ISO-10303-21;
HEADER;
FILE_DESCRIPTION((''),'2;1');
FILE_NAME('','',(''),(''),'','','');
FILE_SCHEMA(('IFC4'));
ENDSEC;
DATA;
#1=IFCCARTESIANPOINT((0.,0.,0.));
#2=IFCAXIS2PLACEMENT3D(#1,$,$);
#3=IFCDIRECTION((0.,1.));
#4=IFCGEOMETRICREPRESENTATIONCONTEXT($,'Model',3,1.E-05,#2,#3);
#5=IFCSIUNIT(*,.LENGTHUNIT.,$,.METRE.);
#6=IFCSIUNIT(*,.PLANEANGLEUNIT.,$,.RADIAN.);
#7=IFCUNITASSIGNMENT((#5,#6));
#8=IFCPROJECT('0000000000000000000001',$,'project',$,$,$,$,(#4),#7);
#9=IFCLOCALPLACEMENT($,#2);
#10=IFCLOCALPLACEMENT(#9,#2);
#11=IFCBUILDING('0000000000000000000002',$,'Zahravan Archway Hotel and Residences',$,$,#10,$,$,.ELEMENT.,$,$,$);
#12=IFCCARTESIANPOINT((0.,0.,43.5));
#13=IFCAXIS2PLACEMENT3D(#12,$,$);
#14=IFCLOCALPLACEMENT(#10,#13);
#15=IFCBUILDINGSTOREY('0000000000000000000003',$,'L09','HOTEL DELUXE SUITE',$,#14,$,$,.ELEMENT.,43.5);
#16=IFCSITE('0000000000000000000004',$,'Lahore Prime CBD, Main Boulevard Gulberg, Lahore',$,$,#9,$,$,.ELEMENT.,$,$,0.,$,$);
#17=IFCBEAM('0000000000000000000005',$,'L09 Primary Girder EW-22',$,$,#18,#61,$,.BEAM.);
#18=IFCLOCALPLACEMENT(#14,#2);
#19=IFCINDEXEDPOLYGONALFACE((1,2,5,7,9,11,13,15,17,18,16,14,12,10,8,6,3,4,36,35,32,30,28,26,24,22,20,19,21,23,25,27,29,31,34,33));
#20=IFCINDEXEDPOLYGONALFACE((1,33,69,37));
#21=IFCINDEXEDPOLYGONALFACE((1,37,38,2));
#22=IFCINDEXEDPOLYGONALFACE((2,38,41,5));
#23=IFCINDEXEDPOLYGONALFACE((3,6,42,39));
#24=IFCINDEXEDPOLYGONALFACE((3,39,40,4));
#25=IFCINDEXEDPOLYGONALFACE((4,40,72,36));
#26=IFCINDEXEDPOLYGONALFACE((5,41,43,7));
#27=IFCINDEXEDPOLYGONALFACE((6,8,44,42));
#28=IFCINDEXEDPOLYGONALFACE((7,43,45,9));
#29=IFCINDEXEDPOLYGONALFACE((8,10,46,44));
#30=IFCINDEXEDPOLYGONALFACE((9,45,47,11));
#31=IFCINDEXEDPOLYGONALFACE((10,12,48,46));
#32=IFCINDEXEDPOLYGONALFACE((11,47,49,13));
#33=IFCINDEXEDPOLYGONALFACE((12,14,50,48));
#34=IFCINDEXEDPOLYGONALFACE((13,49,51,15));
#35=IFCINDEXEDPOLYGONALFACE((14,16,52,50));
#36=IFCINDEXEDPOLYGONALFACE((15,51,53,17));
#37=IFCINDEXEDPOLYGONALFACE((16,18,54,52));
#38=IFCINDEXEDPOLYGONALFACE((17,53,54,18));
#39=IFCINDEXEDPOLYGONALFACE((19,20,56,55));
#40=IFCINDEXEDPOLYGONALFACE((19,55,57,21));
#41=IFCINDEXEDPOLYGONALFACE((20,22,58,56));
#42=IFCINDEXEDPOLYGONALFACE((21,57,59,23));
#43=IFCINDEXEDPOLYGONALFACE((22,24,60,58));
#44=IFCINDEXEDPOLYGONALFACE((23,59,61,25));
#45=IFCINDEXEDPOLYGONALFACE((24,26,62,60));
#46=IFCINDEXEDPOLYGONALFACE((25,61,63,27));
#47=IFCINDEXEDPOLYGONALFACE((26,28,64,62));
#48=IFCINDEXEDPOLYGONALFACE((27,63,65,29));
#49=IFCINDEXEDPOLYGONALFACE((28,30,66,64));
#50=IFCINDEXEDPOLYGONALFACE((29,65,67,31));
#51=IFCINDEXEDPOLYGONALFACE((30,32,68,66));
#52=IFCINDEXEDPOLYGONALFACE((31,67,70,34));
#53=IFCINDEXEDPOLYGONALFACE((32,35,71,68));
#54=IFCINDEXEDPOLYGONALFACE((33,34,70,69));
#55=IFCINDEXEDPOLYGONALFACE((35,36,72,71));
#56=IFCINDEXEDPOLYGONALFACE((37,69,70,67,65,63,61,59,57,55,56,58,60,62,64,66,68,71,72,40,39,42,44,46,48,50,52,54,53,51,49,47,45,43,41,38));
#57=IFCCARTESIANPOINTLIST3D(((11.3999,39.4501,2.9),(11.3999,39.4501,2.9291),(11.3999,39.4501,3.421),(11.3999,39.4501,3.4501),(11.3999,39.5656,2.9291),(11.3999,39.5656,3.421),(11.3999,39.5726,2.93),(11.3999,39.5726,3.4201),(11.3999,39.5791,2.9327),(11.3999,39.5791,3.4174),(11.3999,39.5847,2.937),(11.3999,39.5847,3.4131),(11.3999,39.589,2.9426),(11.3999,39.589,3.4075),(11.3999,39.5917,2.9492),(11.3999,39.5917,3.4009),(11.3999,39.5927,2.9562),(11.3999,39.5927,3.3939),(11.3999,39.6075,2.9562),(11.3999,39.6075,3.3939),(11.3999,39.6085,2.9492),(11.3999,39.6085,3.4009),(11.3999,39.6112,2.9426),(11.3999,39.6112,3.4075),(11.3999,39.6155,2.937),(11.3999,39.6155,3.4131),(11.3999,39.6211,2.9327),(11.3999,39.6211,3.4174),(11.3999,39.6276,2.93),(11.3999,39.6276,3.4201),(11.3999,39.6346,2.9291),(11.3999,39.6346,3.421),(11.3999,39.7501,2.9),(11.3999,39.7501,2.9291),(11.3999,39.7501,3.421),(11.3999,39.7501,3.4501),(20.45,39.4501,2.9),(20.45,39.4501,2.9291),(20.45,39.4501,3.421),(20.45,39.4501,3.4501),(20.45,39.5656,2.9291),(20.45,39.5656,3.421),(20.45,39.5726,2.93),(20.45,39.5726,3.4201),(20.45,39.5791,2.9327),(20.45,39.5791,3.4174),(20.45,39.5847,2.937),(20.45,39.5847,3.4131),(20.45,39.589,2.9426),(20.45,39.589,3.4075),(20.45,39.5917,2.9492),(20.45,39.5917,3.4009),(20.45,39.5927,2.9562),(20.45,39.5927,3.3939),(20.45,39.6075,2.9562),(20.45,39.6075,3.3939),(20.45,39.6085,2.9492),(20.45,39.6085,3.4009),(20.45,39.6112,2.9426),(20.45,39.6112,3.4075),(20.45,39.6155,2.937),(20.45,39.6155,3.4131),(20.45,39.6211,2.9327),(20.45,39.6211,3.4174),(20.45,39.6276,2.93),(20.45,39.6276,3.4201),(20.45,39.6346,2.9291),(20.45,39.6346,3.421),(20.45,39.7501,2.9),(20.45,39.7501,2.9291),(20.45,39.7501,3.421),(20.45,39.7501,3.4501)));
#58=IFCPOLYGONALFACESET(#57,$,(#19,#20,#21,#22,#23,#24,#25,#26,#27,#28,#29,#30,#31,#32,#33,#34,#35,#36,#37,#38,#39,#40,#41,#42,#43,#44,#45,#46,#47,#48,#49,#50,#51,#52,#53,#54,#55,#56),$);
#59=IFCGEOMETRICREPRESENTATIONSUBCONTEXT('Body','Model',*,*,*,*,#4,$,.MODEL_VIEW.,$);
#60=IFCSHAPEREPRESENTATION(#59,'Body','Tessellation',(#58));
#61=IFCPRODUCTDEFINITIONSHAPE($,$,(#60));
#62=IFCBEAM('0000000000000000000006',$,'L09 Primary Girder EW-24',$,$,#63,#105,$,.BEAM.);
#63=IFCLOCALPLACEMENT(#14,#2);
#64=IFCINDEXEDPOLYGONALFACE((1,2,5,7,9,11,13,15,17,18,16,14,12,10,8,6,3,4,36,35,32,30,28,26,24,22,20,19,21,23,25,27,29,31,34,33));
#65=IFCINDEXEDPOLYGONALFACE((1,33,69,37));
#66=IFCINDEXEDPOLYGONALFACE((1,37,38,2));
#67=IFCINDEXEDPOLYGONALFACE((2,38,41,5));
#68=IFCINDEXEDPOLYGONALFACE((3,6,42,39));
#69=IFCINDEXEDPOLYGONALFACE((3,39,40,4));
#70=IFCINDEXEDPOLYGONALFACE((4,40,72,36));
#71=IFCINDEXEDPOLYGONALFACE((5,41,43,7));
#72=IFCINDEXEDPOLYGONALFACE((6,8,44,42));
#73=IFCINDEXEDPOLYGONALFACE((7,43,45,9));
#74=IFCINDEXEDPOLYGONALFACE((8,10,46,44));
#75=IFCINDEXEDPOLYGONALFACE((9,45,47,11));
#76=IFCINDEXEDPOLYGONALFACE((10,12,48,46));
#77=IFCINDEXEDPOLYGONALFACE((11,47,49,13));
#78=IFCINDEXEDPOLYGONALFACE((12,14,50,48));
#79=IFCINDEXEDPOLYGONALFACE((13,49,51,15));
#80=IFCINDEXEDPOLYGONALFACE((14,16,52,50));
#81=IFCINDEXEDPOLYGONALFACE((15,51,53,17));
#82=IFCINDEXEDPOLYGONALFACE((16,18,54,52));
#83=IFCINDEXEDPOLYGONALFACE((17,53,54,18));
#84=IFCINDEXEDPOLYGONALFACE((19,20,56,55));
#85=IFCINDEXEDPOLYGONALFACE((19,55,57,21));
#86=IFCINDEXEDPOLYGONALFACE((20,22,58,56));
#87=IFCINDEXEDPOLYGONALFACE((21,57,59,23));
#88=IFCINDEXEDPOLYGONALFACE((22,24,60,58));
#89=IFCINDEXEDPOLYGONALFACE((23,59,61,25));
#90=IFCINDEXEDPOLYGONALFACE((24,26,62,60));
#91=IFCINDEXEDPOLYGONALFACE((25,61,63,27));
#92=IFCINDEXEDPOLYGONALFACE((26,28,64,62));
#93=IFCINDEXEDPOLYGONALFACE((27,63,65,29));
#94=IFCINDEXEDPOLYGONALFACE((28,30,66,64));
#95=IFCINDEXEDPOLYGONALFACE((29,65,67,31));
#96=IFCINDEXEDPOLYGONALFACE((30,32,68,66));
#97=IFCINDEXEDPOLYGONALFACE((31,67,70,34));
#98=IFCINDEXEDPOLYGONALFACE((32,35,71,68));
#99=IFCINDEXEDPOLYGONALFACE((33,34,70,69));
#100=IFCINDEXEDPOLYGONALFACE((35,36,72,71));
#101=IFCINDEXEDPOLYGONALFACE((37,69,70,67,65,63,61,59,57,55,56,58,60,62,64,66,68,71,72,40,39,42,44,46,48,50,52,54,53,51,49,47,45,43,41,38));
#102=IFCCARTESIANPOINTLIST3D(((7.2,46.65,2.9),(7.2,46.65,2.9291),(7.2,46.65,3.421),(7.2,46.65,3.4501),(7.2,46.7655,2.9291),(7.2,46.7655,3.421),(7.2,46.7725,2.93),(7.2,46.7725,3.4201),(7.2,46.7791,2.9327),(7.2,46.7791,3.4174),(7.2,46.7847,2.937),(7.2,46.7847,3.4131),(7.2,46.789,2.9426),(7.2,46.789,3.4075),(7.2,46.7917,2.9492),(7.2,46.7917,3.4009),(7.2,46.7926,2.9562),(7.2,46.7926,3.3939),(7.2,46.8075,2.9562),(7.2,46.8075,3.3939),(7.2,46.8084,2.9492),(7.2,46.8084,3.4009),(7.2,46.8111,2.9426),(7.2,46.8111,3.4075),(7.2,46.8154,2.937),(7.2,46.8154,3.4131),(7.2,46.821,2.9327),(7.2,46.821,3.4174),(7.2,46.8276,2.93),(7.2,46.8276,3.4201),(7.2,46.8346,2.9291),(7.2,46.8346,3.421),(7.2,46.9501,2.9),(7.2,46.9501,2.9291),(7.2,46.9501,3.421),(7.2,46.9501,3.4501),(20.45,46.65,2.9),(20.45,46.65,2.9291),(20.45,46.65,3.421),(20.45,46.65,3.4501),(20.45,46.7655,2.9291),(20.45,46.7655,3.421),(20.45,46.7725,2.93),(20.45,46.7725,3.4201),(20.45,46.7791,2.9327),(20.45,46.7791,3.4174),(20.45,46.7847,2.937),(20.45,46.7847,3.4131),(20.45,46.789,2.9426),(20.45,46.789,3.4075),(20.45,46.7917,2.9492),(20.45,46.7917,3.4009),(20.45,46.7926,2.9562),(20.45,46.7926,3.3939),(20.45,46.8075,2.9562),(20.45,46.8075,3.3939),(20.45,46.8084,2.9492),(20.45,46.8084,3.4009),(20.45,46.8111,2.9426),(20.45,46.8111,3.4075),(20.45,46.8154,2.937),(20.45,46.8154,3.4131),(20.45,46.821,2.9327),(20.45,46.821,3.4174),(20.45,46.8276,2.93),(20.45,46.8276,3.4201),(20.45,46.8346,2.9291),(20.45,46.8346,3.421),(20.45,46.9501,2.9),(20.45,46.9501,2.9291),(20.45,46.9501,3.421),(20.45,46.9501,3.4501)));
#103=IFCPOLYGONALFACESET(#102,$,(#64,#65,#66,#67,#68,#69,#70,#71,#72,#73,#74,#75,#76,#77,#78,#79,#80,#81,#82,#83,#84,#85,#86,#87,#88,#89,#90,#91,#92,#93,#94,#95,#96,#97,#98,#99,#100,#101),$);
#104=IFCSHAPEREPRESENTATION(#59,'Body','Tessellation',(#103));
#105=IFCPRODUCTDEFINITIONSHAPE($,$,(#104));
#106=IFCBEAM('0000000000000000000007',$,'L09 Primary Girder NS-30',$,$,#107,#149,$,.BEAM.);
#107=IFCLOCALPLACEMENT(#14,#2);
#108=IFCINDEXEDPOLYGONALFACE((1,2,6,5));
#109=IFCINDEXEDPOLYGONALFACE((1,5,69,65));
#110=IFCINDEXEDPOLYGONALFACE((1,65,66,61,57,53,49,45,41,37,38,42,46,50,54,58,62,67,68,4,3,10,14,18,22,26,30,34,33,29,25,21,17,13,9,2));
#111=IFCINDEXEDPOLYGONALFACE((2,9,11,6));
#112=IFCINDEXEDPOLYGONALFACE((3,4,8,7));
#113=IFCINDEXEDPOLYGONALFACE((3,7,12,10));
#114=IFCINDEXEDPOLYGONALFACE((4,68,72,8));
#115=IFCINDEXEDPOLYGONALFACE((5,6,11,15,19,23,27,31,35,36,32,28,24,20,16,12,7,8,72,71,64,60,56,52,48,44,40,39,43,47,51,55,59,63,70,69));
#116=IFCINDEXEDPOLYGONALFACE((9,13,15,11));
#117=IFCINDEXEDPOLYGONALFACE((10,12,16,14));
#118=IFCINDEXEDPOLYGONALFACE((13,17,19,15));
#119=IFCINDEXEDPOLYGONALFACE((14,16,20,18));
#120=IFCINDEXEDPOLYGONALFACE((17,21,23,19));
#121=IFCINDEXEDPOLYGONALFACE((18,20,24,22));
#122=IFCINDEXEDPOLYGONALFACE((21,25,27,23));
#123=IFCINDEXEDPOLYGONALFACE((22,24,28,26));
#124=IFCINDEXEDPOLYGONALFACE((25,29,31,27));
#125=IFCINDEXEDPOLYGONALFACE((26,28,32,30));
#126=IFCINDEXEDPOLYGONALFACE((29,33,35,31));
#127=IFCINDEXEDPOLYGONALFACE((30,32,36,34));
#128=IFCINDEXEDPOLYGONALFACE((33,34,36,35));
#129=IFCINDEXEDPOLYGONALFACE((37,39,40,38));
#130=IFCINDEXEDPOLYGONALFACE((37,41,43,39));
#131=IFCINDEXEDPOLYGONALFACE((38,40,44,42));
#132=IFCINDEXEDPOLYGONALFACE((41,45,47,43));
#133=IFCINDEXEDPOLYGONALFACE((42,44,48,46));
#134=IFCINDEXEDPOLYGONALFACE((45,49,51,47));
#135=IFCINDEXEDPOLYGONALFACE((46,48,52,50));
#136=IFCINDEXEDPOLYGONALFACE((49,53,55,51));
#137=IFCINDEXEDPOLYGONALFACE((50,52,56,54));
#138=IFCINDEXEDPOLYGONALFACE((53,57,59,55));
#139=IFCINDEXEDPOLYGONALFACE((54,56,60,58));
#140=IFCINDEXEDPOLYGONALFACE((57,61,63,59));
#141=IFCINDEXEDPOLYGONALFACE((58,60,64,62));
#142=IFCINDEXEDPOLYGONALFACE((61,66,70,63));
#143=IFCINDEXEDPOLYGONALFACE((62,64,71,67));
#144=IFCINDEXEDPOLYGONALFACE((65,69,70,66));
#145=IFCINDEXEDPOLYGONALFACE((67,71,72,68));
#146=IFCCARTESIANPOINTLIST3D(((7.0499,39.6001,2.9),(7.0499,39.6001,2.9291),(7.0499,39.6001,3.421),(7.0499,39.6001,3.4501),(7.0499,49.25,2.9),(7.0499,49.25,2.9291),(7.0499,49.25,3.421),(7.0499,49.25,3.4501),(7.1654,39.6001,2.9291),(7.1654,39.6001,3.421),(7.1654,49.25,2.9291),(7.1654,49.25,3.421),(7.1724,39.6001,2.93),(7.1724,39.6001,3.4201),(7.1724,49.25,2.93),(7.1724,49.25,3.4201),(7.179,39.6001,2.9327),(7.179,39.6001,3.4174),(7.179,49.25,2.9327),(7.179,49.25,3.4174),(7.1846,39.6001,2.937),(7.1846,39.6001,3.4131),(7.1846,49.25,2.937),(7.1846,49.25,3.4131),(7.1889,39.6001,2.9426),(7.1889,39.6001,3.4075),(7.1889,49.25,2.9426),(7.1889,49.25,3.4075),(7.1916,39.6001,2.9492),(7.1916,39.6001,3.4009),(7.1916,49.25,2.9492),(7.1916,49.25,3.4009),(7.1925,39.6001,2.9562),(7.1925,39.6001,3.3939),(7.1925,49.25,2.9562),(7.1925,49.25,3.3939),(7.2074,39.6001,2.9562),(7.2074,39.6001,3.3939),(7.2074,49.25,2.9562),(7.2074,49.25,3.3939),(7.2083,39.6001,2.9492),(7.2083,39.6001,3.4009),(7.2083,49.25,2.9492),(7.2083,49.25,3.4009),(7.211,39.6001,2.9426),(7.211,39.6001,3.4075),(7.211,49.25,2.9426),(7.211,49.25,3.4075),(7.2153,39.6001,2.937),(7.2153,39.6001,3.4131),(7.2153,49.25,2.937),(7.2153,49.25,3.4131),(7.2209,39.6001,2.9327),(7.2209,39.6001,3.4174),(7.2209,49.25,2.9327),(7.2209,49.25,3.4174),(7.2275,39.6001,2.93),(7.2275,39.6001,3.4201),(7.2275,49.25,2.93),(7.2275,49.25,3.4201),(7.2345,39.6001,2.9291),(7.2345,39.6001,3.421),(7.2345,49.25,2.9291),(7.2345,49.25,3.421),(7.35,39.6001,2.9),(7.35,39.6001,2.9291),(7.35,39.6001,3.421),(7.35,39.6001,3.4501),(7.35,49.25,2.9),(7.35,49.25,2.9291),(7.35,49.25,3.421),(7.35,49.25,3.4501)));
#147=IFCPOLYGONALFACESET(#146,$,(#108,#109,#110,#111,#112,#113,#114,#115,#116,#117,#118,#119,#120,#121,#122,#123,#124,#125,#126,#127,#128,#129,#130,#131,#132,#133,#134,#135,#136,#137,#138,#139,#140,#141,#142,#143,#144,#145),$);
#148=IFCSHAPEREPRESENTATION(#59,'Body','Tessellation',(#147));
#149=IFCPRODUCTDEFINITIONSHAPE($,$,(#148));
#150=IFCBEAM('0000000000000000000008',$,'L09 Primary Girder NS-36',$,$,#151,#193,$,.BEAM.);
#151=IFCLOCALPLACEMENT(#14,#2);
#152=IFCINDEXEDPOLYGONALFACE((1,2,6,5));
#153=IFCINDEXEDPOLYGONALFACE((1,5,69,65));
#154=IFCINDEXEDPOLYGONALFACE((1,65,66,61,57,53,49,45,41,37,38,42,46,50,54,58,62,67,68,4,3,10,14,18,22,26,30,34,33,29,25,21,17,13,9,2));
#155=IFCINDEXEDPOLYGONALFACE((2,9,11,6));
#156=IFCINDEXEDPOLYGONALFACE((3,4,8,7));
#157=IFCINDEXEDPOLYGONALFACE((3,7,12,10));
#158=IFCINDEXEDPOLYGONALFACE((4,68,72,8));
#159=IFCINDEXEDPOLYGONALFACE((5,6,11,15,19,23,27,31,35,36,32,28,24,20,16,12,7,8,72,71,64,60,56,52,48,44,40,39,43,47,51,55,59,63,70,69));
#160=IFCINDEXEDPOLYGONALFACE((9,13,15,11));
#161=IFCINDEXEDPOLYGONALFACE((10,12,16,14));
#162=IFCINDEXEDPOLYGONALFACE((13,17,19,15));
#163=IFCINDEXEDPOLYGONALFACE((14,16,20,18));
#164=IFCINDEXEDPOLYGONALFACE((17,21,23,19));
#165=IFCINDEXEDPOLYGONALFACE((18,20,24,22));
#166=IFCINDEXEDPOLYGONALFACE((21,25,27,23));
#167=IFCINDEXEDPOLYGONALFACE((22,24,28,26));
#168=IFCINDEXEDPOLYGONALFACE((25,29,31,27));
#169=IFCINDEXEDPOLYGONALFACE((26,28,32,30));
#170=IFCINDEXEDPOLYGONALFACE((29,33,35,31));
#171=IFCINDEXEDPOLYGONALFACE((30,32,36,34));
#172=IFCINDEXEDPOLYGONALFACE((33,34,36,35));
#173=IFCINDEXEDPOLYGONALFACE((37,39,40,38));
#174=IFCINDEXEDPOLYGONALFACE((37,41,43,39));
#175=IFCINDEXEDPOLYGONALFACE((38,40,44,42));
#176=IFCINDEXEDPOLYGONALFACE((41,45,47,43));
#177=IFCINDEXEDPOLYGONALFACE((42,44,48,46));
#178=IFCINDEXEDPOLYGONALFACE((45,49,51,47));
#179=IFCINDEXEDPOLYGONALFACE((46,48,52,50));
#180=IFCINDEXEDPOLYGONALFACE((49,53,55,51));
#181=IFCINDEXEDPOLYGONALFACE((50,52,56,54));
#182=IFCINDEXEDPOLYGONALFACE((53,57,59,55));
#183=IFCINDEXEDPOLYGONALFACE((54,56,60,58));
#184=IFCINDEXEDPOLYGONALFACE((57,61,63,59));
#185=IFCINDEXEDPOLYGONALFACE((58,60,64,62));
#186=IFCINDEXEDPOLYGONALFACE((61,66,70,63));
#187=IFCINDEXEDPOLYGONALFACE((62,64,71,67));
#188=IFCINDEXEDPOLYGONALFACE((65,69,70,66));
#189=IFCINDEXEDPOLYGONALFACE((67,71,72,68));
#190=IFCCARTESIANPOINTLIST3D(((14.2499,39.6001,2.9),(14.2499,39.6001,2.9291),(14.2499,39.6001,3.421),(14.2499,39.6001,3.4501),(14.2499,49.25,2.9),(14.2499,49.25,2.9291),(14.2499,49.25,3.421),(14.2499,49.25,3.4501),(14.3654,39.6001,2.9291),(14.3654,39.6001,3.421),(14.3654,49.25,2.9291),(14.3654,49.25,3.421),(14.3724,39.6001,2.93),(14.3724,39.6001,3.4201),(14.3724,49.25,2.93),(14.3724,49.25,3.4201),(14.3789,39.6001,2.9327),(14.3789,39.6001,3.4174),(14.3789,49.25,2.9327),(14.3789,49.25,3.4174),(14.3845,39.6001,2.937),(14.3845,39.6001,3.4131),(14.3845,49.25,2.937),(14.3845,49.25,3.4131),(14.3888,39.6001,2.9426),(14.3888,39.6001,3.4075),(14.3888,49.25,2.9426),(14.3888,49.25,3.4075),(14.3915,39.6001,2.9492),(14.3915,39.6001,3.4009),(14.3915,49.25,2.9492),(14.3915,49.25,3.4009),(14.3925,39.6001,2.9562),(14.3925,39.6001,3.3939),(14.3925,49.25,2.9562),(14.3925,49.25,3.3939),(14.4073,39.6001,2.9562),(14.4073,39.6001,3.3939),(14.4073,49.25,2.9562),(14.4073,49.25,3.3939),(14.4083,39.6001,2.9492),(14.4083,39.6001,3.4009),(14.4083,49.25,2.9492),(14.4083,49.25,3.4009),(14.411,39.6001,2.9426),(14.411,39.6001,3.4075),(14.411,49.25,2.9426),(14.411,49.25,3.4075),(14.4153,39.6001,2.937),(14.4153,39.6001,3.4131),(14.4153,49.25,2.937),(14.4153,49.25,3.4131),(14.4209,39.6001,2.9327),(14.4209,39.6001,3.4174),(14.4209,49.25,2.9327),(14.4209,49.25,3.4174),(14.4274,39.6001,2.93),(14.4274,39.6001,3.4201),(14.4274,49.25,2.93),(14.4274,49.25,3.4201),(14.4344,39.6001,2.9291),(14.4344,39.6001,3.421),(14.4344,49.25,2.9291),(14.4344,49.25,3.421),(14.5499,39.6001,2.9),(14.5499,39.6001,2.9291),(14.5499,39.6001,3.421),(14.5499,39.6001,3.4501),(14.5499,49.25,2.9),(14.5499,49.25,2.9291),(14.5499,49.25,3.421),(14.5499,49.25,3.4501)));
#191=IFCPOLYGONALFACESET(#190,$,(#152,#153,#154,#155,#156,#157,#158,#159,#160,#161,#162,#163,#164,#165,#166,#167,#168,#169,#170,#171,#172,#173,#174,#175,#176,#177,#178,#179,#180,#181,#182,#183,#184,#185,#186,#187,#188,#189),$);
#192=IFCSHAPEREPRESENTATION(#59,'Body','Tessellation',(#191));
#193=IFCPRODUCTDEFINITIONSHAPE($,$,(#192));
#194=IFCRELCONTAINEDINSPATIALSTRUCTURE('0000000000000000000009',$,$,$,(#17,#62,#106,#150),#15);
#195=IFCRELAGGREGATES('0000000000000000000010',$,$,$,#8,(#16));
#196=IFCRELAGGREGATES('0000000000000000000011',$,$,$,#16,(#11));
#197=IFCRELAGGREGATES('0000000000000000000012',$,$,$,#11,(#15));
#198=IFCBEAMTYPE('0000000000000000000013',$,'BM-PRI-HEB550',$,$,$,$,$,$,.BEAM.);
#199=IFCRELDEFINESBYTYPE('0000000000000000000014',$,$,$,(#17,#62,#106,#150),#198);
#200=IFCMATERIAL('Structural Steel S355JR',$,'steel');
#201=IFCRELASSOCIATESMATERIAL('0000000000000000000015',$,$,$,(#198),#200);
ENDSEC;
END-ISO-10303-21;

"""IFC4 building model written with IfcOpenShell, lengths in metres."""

from ifc_helpers import new_model, si_unit, direction, frame, origin, origin_2d, place, context, subcontext, project, spatial, i_section, extrude, source, transform, mapped, material, material_profile, profile_set, type_object, element, save


model = new_model("IFC4")

# Units and contexts
model_context = context("Model", 3, precision=1e-05, world=origin(), true_north=direction((0.0, 1.0)))
body_context = subcontext(model_context, "Body", "Model", "MODEL_VIEW")
ifc_project = project(units=[si_unit("LENGTHUNIT", "METRE"), si_unit("PLANEANGLEUNIT", "RADIAN")], contexts=[model_context])

# Site, building, storey
site_placement = place(None, origin())
site = spatial("IfcSite", under=ifc_project, at=site_placement, Name="Lahore Prime CBD, Main Boulevard Gulberg, Lahore", CompositionType="ELEMENT", RefElevation=0.0)
building_placement = place(site_placement, origin())
building = spatial("IfcBuilding", under=site, at=building_placement, Name="Zahravan Archway Hotel and Residences", CompositionType="ELEMENT")
storey_placement = place(building_placement, frame((0.0, 0.0, 43.5)))
storey = spatial("IfcBuildingStorey", under=building, at=storey_placement, Name="L09", Description="HOTEL DELUXE SUITE", CompositionType="ELEMENT", Elevation=43.5)

# Beams
ifc_material_1 = material(Name="Structural Steel S355JR", Category="steel")
ifc_material_profile_1 = material_profile(ifc_material_1, i_section(OverallWidth=0.3, OverallDepth=0.55, WebThickness=0.0149, FlangeThickness=0.0291, FilletRadius=0.0271, at=origin_2d()), Name="HEB 550", Category="steel")
ifc_profile_set_1 = profile_set([ifc_material_profile_1], Name="Structural Steel S355JR")
beam_type_1 = type_object("IfcBeamType", Name="BM-PRI-HEB550", PredefinedType="BEAM", material=ifc_profile_set_1)
shared_shape_1 = source(origin(), body_context, "Body", "SweptSolid", [
    extrude(i_section(OverallWidth=0.3, OverallDepth=0.55, WebThickness=0.0149, FlangeThickness=0.0291, FilletRadius=0.0271, at=origin_2d()), origin(), (0.0, 0.0, 1.0), 9.05),
])
beam_1_placement = place(storey_placement, frame((11.3999, 39.6001, 3.175), z_axis=(1.0, 0.0, 0.0), x_axis=(0.0, 1.0, 0.0)))
element("IfcBeam", 1, at=beam_1_placement, inside=storey, type_object=beam_type_1, Name="L09 Primary Girder EW-22", PredefinedType="BEAM", context=body_context, shape_type="MappedRepresentation", body=[
    mapped(shared_shape_1, transform((0.0, 0.0, 0.0), scale=1.0)),
])
shared_shape_2 = source(origin(), body_context, "Body", "SweptSolid", [
    extrude(i_section(OverallWidth=0.3, OverallDepth=0.55, WebThickness=0.0149, FlangeThickness=0.0291, FilletRadius=0.0271, at=origin_2d()), origin(), (0.0, 0.0, 1.0), 13.25),
])
beam_2_placement = place(storey_placement, frame((7.2, 46.8, 3.175), z_axis=(1.0, 0.0, 0.0), x_axis=(0.0, 1.0, 0.0)))
element("IfcBeam", 2, at=beam_2_placement, inside=storey, type_object=beam_type_1, Name="L09 Primary Girder EW-24", PredefinedType="BEAM", context=body_context, shape_type="MappedRepresentation", body=[
    mapped(shared_shape_2, transform((0.0, 0.0, 0.0), scale=1.0)),
])
shared_shape_3 = source(origin(), body_context, "Body", "SweptSolid", [
    extrude(i_section(OverallWidth=0.3, OverallDepth=0.55, WebThickness=0.0149, FlangeThickness=0.0291, FilletRadius=0.0271, at=origin_2d()), origin(), (0.0, 0.0, 1.0), 9.6499),
])
for number, where, z_axis, x_axis, name in (
    (3, (7.2, 39.6001, 3.175), (0.0, 1.0, 0.0), (-1.0, 0.0, 0.0), "L09 Primary Girder NS-30"),
    (4, (14.3999, 39.6001, 3.175), (0.0, 1.0, 0.0), (-1.0, 0.0, 0.0), "L09 Primary Girder NS-36"),
):
    element("IfcBeam", number, at=place(storey_placement, frame(where, z_axis=z_axis, x_axis=x_axis)), inside=storey, type_object=beam_type_1, Name=name, PredefinedType="BEAM", context=body_context, shape_type="MappedRepresentation", body=[
        mapped(shared_shape_3, transform((0.0, 0.0, 0.0), scale=1.0)),
    ])

save(model, "model.ifc")
